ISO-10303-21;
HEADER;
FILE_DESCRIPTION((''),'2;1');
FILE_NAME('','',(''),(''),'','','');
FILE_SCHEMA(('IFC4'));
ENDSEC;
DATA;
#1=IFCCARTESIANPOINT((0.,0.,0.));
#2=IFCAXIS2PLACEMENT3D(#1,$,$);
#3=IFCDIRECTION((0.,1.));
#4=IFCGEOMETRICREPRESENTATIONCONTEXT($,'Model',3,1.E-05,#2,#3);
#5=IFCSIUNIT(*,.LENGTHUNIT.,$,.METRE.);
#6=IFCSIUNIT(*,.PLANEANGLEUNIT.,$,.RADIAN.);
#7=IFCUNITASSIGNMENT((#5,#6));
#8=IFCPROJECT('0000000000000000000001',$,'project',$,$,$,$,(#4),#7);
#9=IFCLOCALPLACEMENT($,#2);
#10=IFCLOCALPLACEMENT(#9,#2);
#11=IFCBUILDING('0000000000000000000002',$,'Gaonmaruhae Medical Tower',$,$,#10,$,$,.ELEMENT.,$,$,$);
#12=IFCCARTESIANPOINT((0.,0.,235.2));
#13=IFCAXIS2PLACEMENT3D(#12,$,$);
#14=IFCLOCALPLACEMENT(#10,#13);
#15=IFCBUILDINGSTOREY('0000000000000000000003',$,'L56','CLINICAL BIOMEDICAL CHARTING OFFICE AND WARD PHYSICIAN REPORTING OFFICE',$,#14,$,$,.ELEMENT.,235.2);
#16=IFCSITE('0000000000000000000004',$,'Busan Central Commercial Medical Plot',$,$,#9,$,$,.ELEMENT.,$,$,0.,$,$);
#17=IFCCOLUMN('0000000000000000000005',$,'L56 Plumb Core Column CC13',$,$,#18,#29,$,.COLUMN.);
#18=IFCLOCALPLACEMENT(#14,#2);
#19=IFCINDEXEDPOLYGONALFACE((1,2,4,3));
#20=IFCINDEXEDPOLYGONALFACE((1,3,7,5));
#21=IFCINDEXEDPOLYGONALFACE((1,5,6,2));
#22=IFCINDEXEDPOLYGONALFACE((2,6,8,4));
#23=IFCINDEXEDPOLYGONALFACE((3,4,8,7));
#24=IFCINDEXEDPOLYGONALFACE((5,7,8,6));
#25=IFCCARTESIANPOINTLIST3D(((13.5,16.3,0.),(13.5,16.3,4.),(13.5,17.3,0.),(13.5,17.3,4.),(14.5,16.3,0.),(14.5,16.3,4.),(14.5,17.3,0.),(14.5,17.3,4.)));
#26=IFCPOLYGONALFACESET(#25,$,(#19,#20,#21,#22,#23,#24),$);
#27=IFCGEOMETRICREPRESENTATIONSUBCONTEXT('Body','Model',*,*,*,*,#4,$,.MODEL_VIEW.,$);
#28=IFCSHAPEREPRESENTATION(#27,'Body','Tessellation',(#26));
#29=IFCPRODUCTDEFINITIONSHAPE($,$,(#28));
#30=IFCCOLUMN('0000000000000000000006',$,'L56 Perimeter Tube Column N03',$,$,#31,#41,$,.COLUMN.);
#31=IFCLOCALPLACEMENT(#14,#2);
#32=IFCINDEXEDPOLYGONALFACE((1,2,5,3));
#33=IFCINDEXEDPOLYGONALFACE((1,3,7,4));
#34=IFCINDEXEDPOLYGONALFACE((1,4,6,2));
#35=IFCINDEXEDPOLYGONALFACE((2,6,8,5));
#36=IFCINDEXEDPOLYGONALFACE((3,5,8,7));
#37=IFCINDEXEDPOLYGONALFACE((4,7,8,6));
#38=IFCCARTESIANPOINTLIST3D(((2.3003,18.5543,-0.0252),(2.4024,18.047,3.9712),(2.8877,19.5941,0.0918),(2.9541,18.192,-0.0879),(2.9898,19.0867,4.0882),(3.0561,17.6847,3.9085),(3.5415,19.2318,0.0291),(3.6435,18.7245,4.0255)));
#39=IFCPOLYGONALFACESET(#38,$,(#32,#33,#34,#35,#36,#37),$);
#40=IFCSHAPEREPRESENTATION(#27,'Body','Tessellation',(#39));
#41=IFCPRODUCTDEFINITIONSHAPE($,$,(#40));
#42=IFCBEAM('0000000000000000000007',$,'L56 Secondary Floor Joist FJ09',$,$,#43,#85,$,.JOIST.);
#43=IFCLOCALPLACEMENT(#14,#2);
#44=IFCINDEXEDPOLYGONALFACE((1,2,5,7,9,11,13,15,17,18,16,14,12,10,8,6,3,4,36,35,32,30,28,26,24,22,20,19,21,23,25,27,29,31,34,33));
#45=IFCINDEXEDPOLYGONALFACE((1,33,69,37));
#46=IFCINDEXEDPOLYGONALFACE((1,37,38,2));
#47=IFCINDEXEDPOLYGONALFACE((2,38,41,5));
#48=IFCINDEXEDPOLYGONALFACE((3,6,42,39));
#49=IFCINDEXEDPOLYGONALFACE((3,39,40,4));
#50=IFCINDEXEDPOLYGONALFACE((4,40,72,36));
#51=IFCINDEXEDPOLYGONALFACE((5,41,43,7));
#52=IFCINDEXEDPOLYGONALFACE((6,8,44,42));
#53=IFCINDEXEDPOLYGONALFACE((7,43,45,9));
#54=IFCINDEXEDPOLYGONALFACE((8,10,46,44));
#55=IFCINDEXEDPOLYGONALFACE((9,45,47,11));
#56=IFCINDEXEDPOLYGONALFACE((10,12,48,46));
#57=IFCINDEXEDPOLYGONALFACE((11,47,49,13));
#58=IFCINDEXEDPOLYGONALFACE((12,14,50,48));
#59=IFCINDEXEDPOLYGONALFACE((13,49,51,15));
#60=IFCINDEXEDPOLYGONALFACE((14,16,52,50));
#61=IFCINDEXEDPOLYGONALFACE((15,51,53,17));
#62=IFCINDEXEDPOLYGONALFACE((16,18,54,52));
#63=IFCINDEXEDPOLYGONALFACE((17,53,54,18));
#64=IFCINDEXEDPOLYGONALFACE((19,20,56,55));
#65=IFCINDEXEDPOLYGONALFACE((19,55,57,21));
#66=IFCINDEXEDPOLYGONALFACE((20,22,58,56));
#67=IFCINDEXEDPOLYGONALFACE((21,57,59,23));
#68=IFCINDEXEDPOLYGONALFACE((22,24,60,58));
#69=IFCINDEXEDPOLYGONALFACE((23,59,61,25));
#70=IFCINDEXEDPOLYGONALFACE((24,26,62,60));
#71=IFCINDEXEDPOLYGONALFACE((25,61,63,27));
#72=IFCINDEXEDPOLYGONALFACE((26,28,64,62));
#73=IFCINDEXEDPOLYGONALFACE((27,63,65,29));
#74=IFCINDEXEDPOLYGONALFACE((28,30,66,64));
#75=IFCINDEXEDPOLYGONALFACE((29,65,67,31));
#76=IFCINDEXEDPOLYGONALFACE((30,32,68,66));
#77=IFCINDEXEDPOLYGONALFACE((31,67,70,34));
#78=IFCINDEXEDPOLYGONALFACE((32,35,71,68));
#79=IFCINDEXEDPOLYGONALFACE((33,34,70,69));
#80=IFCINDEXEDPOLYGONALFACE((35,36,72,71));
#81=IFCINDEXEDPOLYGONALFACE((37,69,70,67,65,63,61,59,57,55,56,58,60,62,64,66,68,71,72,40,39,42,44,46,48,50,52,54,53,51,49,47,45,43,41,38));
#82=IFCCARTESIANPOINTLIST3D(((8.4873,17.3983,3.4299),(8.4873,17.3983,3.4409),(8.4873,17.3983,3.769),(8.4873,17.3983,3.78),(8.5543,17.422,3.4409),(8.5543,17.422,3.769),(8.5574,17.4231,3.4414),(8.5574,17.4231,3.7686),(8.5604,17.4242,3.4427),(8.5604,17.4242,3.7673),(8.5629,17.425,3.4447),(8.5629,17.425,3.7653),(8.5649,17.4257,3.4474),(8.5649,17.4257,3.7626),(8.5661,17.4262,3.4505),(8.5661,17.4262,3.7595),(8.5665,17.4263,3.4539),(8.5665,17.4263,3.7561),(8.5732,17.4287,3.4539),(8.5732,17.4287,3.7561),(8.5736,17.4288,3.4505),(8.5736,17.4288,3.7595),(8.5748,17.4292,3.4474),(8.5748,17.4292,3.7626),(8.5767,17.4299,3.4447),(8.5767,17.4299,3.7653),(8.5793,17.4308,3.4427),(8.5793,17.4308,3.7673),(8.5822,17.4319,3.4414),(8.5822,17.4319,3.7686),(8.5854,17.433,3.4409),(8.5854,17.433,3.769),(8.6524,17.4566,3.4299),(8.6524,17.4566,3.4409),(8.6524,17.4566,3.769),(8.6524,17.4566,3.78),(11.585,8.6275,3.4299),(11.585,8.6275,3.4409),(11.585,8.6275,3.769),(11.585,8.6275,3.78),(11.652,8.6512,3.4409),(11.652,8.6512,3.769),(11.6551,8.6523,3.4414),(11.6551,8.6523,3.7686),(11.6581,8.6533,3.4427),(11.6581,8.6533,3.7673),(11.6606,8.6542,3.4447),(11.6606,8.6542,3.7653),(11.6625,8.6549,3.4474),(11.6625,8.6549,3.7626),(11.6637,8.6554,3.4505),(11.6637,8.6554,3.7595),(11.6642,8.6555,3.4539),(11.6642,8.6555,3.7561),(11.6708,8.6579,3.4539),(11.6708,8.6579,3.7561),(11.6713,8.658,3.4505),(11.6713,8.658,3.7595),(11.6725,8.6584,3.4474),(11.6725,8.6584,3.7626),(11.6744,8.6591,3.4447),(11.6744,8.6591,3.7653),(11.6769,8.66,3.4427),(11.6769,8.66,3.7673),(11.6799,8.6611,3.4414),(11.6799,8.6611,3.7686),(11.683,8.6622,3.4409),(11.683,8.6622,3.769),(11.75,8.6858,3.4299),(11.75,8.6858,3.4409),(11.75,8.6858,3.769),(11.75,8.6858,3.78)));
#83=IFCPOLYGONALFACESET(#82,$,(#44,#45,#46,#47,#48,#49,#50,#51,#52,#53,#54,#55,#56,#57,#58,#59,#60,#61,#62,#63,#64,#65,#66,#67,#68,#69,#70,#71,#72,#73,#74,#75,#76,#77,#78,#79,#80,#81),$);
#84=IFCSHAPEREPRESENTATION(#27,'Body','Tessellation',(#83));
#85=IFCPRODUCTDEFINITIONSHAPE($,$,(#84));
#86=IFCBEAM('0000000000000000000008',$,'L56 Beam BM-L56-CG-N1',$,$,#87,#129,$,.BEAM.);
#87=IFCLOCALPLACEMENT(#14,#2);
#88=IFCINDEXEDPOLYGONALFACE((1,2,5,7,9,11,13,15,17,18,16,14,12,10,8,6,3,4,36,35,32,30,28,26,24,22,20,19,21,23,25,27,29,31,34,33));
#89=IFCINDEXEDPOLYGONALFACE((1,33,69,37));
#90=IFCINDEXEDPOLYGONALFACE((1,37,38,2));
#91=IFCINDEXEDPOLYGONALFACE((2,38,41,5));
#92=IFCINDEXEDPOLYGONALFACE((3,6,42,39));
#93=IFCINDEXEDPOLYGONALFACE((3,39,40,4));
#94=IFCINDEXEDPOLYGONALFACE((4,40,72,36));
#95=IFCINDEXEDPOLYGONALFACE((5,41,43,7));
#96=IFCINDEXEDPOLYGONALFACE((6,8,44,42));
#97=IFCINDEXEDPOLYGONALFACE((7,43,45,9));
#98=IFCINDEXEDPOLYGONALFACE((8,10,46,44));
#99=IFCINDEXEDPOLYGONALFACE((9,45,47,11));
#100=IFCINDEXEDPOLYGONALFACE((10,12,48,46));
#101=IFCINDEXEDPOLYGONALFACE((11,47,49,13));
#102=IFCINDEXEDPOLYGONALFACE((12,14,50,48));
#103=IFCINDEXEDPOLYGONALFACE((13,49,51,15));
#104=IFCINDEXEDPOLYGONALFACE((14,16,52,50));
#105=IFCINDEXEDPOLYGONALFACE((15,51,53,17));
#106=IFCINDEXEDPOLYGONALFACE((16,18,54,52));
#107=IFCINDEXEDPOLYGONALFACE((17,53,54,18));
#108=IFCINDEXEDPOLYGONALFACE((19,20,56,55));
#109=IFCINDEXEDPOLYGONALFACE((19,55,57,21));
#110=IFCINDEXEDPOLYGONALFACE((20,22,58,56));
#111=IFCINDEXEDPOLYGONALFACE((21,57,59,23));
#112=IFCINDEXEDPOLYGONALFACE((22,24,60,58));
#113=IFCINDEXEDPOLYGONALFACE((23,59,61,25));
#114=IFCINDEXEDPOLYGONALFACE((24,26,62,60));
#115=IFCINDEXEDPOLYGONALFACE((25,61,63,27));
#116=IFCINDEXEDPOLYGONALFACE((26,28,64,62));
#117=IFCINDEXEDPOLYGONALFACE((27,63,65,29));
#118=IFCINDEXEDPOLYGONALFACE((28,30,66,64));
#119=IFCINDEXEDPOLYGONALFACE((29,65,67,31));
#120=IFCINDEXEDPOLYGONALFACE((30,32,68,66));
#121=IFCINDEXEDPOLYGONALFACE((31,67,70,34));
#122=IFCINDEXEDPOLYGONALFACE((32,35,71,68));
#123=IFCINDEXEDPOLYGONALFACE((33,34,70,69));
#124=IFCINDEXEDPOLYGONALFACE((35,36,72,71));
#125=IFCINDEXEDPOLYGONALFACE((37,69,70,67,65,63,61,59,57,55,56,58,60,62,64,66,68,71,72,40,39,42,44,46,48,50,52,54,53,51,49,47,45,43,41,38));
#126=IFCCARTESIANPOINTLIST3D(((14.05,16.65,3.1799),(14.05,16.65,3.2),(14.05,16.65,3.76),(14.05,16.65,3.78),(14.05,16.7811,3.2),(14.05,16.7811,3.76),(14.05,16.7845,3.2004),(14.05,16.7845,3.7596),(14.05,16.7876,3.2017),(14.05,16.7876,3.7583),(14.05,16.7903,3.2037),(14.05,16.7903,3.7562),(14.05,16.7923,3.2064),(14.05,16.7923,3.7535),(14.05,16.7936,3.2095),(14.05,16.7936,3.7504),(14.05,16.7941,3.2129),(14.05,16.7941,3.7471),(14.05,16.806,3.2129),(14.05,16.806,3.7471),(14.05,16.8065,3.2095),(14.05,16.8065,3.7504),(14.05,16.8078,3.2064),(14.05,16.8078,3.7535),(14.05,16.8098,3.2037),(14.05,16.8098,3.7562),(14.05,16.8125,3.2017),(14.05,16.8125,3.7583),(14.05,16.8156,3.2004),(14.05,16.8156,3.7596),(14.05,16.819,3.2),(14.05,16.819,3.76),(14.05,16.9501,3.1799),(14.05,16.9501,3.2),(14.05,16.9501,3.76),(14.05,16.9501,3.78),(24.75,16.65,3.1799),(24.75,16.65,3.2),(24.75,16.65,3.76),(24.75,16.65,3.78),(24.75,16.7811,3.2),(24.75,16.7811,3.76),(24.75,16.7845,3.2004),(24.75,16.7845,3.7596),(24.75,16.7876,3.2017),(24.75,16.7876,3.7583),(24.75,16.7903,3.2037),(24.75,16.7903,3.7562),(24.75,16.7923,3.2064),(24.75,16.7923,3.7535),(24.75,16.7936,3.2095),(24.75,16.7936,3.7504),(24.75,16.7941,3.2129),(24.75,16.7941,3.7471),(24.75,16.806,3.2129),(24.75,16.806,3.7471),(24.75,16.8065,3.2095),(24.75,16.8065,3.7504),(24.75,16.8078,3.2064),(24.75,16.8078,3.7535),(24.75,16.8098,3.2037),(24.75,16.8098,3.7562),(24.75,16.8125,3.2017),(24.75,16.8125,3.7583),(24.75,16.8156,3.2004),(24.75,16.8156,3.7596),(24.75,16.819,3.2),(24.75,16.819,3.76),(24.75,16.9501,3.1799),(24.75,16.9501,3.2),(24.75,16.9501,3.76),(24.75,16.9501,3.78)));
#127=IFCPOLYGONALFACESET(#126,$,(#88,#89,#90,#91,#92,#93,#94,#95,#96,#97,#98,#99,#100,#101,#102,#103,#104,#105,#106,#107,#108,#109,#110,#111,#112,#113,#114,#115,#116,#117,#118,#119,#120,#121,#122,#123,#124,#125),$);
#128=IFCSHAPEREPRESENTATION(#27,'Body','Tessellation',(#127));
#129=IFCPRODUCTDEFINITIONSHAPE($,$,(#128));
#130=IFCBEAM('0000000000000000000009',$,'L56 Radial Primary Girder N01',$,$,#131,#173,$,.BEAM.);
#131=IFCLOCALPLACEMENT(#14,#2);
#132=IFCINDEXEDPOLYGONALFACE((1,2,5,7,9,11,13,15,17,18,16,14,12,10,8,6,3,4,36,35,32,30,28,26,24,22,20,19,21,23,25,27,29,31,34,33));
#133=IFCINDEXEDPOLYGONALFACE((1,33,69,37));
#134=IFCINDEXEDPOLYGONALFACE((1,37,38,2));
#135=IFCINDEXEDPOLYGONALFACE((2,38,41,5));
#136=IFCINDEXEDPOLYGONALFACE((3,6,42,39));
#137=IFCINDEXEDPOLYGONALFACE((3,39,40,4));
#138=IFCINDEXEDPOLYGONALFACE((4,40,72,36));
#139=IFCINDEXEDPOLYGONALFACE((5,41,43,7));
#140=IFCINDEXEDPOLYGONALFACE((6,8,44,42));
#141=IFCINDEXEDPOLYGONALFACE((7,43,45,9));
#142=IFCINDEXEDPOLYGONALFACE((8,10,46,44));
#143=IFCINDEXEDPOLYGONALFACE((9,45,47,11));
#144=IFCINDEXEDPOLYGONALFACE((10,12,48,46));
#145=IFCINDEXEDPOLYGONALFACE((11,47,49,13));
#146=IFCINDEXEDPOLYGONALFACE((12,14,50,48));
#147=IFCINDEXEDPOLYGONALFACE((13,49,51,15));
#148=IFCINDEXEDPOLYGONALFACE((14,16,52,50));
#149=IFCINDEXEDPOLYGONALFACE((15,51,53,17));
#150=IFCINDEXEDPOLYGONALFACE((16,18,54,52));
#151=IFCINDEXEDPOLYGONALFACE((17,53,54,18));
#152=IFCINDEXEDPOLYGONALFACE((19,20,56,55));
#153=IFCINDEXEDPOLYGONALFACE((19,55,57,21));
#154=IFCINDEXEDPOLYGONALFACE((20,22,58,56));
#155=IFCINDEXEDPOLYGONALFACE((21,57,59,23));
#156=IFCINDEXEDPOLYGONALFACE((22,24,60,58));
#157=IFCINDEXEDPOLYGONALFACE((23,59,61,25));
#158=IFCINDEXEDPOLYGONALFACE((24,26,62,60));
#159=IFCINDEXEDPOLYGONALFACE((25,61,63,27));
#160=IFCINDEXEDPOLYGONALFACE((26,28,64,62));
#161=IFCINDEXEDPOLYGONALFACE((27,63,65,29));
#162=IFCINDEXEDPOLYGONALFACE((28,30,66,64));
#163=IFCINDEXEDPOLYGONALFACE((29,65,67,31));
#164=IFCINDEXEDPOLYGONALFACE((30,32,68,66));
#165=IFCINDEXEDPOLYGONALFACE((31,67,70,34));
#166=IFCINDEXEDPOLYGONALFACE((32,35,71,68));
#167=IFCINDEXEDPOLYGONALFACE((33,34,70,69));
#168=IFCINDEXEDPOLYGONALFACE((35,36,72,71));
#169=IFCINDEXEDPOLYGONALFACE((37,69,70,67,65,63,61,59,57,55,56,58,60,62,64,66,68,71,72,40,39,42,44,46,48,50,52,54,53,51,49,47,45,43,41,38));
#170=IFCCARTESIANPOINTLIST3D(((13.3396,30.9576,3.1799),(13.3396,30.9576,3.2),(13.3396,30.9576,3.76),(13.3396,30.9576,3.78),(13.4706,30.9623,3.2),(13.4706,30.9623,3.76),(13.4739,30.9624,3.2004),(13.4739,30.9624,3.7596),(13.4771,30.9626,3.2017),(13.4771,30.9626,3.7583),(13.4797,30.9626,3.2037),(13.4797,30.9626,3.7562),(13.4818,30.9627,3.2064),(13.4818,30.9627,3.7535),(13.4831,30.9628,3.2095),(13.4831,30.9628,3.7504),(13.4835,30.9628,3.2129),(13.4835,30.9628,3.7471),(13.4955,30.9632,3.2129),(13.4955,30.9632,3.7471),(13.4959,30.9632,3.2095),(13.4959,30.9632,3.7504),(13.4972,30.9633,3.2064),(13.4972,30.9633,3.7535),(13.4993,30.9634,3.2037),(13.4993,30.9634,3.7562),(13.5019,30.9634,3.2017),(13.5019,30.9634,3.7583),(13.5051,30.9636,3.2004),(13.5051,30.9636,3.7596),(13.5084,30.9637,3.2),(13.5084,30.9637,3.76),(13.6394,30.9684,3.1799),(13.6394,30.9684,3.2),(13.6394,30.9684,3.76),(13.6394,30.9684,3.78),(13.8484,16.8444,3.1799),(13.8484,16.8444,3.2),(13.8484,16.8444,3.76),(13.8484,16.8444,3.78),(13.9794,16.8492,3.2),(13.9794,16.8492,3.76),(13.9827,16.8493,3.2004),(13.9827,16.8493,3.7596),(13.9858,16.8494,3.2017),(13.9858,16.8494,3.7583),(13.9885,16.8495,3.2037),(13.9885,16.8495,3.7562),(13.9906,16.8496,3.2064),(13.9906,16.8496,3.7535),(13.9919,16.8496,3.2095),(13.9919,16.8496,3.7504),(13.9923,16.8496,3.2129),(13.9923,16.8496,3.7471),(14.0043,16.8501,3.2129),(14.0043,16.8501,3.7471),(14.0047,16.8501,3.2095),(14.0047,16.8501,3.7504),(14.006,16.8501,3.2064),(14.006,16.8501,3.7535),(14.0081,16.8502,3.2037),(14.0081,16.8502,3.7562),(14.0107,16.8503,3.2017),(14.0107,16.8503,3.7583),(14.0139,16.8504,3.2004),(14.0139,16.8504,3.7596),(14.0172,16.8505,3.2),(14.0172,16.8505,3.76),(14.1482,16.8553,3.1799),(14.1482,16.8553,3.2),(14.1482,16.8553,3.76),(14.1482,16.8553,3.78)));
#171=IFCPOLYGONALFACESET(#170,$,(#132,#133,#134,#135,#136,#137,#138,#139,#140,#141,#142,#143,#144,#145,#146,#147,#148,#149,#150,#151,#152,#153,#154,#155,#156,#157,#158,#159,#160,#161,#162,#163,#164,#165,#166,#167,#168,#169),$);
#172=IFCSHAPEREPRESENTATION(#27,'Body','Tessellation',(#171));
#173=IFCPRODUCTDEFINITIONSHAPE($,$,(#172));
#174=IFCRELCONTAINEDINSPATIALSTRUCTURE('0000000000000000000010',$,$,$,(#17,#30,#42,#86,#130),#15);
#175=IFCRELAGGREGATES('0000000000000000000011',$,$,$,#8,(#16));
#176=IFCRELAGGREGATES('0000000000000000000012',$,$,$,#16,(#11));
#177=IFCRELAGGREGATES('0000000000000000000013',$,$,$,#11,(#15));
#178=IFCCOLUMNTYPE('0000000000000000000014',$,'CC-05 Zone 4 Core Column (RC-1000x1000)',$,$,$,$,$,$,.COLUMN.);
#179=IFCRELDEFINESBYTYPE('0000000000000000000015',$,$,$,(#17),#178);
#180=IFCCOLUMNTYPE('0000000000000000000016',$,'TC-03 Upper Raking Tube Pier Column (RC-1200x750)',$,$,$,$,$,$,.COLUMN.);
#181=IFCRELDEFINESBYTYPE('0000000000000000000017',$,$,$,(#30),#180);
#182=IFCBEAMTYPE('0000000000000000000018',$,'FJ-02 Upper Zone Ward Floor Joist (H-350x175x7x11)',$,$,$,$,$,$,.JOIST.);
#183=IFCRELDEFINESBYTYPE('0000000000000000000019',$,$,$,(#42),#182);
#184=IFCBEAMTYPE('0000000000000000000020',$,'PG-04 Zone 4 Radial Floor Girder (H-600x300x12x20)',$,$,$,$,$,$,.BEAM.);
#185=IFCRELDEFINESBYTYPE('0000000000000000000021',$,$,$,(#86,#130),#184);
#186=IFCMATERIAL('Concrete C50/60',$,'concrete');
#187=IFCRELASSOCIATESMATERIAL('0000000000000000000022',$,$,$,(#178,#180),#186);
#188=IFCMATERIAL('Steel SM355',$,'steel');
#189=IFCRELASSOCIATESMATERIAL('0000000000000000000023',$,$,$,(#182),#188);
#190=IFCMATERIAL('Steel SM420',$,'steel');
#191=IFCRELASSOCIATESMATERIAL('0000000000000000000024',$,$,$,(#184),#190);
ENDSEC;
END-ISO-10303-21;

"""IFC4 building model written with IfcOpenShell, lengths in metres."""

from ifc_helpers import new_model, si_unit, direction, frame, origin, origin_2d, place, context, subcontext, project, spatial, rectangle, i_section, extrude, material, material_profile, profile_set, type_object, element, save


model = new_model("IFC4")

# Units and contexts
model_context = context("Model", 3, precision=1e-05, world=origin(), true_north=direction((0.0, 1.0)))
body_context = subcontext(model_context, "Body", "Model", "MODEL_VIEW")
ifc_project = project(units=[si_unit("LENGTHUNIT", "METRE"), si_unit("PLANEANGLEUNIT", "RADIAN")], contexts=[model_context])

# Site, building, storey
site_placement = place(None, origin())
site = spatial("IfcSite", under=ifc_project, at=site_placement, Name="Busan Central Commercial Medical Plot", CompositionType="ELEMENT", RefElevation=0.0)
building_placement = place(site_placement, origin())
building = spatial("IfcBuilding", under=site, at=building_placement, Name="Gaonmaruhae Medical Tower", CompositionType="ELEMENT")
storey_placement = place(building_placement, frame((0.0, 0.0, 235.2)))
storey = spatial("IfcBuildingStorey", under=building, at=storey_placement, Name="L56", Description="CLINICAL BIOMEDICAL CHARTING OFFICE AND WARD PHYSICIAN REPORTING OFFICE", CompositionType="ELEMENT", Elevation=235.2)

# Columns
ifc_material_1 = material(Name="Concrete C50/60", Category="concrete")
ifc_material_profile_1 = material_profile(ifc_material_1, rectangle(XDim=1.0, YDim=1.0, at=origin_2d()), Name="RC-1000x1000")
ifc_profile_set_1 = profile_set([ifc_material_profile_1], Name="Concrete C50/60")
column_type_1 = type_object("IfcColumnType", Name="CC-05 Zone 4 Core Column (RC-1000x1000)", PredefinedType="COLUMN", material=ifc_profile_set_1)
column_1_placement = place(storey_placement, frame((14.0, 16.8, 0.0), z_axis=(0.0, 0.0, 1.0), x_axis=(1.0, 0.0, 0.0)))
element("IfcColumn", 1, at=column_1_placement, inside=storey, type_object=column_type_1, Name="L56 Plumb Core Column CC13", PredefinedType="COLUMN", context=body_context, shape_type="SweptSolid", body=[
    extrude(rectangle(XDim=1.0, YDim=1.0, at=origin_2d()), origin(), (0.0, 0.0, 1.0), 4.0),
])
ifc_material_profile_2 = material_profile(ifc_material_1, rectangle(XDim=1.2, YDim=0.75, at=origin_2d()), Name="RC-1200x750")
ifc_profile_set_2 = profile_set([ifc_material_profile_2], Name="Concrete C50/60")
column_type_2 = type_object("IfcColumnType", Name="TC-03 Upper Raking Tube Pier Column (RC-1200x750)", PredefinedType="COLUMN", material=ifc_profile_set_2)
column_2_placement = place(storey_placement, frame((2.9209, 18.8931, 0.002), z_axis=(0.025325, -0.125896, 0.99172), x_axis=(0.489502, 0.866534, 0.097504)))
element("IfcColumn", 2, at=column_2_placement, inside=storey, type_object=column_type_2, Name="L56 Perimeter Tube Column N03", PredefinedType="COLUMN", context=body_context, shape_type="SweptSolid", body=[
    extrude(rectangle(XDim=1.2, YDim=0.75, at=origin_2d()), origin(), (0.0, 0.0, 1.0), 4.0298),
])

# Beams
ifc_material_2 = material(Name="Steel SM355", Category="steel")
ifc_material_profile_3 = material_profile(ifc_material_2, i_section(OverallWidth=0.175, OverallDepth=0.3501, WebThickness=0.0071, FlangeThickness=0.011, FilletRadius=0.0129, at=origin_2d()), Name="H-350x175x7x11")
ifc_profile_set_3 = profile_set([ifc_material_profile_3], Name="Steel SM355")
beam_type_1 = type_object("IfcBeamType", Name="FJ-02 Upper Zone Ward Floor Joist (H-350x175x7x11)", PredefinedType="JOIST", material=ifc_profile_set_3)
beam_1_placement = place(storey_placement, frame((8.5698, 17.4275, 3.605), z_axis=(0.333021, -0.94292, 0.0), x_axis=(0.94292, 0.333021, 0.0)))
element("IfcBeam", 3, at=beam_1_placement, inside=storey, type_object=beam_type_1, Name="L56 Secondary Floor Joist FJ09", PredefinedType="JOIST", context=body_context, shape_type="SweptSolid", body=[
    extrude(i_section(OverallWidth=0.175, OverallDepth=0.3501, WebThickness=0.0071, FlangeThickness=0.011, FilletRadius=0.0129, at=origin_2d()), origin(), (0.0, 0.0, 1.0), 9.3018),
])
ifc_material_3 = material(Name="Steel SM420", Category="steel")
ifc_material_profile_4 = material_profile(ifc_material_3, i_section(OverallWidth=0.3, OverallDepth=0.6001, WebThickness=0.012, FlangeThickness=0.02, FilletRadius=0.0129, at=origin_2d()), Name="H-600x300x12x20")
ifc_profile_set_4 = profile_set([ifc_material_profile_4], Name="Steel SM420")
beam_type_2 = type_object("IfcBeamType", Name="PG-04 Zone 4 Radial Floor Girder (H-600x300x12x20)", PredefinedType="BEAM", material=ifc_profile_set_4)
beam_2_placement = place(storey_placement, frame((14.05, 16.8, 3.48), z_axis=(1.0, 0.0, 0.0), x_axis=(0.0, 1.0, 0.0)))
element("IfcBeam", 4, at=beam_2_placement, inside=storey, type_object=beam_type_2, Name="L56 Beam BM-L56-CG-N1", PredefinedType="BEAM", context=body_context, shape_type="SweptSolid", body=[
    extrude(i_section(OverallWidth=0.3, OverallDepth=0.6001, WebThickness=0.012, FlangeThickness=0.02, FilletRadius=0.0129, at=origin_2d()), origin(), (0.0, 0.0, 1.0), 10.7),
])
beam_3_placement = place(storey_placement, frame((13.9983, 16.8499, 3.48), z_axis=(-0.036028, 0.999351, 0.0), x_axis=(-0.999351, -0.036028, 0.0)))
element("IfcBeam", 5, at=beam_3_placement, inside=storey, type_object=beam_type_2, Name="L56 Radial Primary Girder N01", PredefinedType="BEAM", context=body_context, shape_type="SweptSolid", body=[
    extrude(i_section(OverallWidth=0.3, OverallDepth=0.6001, WebThickness=0.012, FlangeThickness=0.02, FilletRadius=0.0129, at=origin_2d()), origin(), (0.0, 0.0, 1.0), 14.1223),
])

save(model, "model.ifc")
